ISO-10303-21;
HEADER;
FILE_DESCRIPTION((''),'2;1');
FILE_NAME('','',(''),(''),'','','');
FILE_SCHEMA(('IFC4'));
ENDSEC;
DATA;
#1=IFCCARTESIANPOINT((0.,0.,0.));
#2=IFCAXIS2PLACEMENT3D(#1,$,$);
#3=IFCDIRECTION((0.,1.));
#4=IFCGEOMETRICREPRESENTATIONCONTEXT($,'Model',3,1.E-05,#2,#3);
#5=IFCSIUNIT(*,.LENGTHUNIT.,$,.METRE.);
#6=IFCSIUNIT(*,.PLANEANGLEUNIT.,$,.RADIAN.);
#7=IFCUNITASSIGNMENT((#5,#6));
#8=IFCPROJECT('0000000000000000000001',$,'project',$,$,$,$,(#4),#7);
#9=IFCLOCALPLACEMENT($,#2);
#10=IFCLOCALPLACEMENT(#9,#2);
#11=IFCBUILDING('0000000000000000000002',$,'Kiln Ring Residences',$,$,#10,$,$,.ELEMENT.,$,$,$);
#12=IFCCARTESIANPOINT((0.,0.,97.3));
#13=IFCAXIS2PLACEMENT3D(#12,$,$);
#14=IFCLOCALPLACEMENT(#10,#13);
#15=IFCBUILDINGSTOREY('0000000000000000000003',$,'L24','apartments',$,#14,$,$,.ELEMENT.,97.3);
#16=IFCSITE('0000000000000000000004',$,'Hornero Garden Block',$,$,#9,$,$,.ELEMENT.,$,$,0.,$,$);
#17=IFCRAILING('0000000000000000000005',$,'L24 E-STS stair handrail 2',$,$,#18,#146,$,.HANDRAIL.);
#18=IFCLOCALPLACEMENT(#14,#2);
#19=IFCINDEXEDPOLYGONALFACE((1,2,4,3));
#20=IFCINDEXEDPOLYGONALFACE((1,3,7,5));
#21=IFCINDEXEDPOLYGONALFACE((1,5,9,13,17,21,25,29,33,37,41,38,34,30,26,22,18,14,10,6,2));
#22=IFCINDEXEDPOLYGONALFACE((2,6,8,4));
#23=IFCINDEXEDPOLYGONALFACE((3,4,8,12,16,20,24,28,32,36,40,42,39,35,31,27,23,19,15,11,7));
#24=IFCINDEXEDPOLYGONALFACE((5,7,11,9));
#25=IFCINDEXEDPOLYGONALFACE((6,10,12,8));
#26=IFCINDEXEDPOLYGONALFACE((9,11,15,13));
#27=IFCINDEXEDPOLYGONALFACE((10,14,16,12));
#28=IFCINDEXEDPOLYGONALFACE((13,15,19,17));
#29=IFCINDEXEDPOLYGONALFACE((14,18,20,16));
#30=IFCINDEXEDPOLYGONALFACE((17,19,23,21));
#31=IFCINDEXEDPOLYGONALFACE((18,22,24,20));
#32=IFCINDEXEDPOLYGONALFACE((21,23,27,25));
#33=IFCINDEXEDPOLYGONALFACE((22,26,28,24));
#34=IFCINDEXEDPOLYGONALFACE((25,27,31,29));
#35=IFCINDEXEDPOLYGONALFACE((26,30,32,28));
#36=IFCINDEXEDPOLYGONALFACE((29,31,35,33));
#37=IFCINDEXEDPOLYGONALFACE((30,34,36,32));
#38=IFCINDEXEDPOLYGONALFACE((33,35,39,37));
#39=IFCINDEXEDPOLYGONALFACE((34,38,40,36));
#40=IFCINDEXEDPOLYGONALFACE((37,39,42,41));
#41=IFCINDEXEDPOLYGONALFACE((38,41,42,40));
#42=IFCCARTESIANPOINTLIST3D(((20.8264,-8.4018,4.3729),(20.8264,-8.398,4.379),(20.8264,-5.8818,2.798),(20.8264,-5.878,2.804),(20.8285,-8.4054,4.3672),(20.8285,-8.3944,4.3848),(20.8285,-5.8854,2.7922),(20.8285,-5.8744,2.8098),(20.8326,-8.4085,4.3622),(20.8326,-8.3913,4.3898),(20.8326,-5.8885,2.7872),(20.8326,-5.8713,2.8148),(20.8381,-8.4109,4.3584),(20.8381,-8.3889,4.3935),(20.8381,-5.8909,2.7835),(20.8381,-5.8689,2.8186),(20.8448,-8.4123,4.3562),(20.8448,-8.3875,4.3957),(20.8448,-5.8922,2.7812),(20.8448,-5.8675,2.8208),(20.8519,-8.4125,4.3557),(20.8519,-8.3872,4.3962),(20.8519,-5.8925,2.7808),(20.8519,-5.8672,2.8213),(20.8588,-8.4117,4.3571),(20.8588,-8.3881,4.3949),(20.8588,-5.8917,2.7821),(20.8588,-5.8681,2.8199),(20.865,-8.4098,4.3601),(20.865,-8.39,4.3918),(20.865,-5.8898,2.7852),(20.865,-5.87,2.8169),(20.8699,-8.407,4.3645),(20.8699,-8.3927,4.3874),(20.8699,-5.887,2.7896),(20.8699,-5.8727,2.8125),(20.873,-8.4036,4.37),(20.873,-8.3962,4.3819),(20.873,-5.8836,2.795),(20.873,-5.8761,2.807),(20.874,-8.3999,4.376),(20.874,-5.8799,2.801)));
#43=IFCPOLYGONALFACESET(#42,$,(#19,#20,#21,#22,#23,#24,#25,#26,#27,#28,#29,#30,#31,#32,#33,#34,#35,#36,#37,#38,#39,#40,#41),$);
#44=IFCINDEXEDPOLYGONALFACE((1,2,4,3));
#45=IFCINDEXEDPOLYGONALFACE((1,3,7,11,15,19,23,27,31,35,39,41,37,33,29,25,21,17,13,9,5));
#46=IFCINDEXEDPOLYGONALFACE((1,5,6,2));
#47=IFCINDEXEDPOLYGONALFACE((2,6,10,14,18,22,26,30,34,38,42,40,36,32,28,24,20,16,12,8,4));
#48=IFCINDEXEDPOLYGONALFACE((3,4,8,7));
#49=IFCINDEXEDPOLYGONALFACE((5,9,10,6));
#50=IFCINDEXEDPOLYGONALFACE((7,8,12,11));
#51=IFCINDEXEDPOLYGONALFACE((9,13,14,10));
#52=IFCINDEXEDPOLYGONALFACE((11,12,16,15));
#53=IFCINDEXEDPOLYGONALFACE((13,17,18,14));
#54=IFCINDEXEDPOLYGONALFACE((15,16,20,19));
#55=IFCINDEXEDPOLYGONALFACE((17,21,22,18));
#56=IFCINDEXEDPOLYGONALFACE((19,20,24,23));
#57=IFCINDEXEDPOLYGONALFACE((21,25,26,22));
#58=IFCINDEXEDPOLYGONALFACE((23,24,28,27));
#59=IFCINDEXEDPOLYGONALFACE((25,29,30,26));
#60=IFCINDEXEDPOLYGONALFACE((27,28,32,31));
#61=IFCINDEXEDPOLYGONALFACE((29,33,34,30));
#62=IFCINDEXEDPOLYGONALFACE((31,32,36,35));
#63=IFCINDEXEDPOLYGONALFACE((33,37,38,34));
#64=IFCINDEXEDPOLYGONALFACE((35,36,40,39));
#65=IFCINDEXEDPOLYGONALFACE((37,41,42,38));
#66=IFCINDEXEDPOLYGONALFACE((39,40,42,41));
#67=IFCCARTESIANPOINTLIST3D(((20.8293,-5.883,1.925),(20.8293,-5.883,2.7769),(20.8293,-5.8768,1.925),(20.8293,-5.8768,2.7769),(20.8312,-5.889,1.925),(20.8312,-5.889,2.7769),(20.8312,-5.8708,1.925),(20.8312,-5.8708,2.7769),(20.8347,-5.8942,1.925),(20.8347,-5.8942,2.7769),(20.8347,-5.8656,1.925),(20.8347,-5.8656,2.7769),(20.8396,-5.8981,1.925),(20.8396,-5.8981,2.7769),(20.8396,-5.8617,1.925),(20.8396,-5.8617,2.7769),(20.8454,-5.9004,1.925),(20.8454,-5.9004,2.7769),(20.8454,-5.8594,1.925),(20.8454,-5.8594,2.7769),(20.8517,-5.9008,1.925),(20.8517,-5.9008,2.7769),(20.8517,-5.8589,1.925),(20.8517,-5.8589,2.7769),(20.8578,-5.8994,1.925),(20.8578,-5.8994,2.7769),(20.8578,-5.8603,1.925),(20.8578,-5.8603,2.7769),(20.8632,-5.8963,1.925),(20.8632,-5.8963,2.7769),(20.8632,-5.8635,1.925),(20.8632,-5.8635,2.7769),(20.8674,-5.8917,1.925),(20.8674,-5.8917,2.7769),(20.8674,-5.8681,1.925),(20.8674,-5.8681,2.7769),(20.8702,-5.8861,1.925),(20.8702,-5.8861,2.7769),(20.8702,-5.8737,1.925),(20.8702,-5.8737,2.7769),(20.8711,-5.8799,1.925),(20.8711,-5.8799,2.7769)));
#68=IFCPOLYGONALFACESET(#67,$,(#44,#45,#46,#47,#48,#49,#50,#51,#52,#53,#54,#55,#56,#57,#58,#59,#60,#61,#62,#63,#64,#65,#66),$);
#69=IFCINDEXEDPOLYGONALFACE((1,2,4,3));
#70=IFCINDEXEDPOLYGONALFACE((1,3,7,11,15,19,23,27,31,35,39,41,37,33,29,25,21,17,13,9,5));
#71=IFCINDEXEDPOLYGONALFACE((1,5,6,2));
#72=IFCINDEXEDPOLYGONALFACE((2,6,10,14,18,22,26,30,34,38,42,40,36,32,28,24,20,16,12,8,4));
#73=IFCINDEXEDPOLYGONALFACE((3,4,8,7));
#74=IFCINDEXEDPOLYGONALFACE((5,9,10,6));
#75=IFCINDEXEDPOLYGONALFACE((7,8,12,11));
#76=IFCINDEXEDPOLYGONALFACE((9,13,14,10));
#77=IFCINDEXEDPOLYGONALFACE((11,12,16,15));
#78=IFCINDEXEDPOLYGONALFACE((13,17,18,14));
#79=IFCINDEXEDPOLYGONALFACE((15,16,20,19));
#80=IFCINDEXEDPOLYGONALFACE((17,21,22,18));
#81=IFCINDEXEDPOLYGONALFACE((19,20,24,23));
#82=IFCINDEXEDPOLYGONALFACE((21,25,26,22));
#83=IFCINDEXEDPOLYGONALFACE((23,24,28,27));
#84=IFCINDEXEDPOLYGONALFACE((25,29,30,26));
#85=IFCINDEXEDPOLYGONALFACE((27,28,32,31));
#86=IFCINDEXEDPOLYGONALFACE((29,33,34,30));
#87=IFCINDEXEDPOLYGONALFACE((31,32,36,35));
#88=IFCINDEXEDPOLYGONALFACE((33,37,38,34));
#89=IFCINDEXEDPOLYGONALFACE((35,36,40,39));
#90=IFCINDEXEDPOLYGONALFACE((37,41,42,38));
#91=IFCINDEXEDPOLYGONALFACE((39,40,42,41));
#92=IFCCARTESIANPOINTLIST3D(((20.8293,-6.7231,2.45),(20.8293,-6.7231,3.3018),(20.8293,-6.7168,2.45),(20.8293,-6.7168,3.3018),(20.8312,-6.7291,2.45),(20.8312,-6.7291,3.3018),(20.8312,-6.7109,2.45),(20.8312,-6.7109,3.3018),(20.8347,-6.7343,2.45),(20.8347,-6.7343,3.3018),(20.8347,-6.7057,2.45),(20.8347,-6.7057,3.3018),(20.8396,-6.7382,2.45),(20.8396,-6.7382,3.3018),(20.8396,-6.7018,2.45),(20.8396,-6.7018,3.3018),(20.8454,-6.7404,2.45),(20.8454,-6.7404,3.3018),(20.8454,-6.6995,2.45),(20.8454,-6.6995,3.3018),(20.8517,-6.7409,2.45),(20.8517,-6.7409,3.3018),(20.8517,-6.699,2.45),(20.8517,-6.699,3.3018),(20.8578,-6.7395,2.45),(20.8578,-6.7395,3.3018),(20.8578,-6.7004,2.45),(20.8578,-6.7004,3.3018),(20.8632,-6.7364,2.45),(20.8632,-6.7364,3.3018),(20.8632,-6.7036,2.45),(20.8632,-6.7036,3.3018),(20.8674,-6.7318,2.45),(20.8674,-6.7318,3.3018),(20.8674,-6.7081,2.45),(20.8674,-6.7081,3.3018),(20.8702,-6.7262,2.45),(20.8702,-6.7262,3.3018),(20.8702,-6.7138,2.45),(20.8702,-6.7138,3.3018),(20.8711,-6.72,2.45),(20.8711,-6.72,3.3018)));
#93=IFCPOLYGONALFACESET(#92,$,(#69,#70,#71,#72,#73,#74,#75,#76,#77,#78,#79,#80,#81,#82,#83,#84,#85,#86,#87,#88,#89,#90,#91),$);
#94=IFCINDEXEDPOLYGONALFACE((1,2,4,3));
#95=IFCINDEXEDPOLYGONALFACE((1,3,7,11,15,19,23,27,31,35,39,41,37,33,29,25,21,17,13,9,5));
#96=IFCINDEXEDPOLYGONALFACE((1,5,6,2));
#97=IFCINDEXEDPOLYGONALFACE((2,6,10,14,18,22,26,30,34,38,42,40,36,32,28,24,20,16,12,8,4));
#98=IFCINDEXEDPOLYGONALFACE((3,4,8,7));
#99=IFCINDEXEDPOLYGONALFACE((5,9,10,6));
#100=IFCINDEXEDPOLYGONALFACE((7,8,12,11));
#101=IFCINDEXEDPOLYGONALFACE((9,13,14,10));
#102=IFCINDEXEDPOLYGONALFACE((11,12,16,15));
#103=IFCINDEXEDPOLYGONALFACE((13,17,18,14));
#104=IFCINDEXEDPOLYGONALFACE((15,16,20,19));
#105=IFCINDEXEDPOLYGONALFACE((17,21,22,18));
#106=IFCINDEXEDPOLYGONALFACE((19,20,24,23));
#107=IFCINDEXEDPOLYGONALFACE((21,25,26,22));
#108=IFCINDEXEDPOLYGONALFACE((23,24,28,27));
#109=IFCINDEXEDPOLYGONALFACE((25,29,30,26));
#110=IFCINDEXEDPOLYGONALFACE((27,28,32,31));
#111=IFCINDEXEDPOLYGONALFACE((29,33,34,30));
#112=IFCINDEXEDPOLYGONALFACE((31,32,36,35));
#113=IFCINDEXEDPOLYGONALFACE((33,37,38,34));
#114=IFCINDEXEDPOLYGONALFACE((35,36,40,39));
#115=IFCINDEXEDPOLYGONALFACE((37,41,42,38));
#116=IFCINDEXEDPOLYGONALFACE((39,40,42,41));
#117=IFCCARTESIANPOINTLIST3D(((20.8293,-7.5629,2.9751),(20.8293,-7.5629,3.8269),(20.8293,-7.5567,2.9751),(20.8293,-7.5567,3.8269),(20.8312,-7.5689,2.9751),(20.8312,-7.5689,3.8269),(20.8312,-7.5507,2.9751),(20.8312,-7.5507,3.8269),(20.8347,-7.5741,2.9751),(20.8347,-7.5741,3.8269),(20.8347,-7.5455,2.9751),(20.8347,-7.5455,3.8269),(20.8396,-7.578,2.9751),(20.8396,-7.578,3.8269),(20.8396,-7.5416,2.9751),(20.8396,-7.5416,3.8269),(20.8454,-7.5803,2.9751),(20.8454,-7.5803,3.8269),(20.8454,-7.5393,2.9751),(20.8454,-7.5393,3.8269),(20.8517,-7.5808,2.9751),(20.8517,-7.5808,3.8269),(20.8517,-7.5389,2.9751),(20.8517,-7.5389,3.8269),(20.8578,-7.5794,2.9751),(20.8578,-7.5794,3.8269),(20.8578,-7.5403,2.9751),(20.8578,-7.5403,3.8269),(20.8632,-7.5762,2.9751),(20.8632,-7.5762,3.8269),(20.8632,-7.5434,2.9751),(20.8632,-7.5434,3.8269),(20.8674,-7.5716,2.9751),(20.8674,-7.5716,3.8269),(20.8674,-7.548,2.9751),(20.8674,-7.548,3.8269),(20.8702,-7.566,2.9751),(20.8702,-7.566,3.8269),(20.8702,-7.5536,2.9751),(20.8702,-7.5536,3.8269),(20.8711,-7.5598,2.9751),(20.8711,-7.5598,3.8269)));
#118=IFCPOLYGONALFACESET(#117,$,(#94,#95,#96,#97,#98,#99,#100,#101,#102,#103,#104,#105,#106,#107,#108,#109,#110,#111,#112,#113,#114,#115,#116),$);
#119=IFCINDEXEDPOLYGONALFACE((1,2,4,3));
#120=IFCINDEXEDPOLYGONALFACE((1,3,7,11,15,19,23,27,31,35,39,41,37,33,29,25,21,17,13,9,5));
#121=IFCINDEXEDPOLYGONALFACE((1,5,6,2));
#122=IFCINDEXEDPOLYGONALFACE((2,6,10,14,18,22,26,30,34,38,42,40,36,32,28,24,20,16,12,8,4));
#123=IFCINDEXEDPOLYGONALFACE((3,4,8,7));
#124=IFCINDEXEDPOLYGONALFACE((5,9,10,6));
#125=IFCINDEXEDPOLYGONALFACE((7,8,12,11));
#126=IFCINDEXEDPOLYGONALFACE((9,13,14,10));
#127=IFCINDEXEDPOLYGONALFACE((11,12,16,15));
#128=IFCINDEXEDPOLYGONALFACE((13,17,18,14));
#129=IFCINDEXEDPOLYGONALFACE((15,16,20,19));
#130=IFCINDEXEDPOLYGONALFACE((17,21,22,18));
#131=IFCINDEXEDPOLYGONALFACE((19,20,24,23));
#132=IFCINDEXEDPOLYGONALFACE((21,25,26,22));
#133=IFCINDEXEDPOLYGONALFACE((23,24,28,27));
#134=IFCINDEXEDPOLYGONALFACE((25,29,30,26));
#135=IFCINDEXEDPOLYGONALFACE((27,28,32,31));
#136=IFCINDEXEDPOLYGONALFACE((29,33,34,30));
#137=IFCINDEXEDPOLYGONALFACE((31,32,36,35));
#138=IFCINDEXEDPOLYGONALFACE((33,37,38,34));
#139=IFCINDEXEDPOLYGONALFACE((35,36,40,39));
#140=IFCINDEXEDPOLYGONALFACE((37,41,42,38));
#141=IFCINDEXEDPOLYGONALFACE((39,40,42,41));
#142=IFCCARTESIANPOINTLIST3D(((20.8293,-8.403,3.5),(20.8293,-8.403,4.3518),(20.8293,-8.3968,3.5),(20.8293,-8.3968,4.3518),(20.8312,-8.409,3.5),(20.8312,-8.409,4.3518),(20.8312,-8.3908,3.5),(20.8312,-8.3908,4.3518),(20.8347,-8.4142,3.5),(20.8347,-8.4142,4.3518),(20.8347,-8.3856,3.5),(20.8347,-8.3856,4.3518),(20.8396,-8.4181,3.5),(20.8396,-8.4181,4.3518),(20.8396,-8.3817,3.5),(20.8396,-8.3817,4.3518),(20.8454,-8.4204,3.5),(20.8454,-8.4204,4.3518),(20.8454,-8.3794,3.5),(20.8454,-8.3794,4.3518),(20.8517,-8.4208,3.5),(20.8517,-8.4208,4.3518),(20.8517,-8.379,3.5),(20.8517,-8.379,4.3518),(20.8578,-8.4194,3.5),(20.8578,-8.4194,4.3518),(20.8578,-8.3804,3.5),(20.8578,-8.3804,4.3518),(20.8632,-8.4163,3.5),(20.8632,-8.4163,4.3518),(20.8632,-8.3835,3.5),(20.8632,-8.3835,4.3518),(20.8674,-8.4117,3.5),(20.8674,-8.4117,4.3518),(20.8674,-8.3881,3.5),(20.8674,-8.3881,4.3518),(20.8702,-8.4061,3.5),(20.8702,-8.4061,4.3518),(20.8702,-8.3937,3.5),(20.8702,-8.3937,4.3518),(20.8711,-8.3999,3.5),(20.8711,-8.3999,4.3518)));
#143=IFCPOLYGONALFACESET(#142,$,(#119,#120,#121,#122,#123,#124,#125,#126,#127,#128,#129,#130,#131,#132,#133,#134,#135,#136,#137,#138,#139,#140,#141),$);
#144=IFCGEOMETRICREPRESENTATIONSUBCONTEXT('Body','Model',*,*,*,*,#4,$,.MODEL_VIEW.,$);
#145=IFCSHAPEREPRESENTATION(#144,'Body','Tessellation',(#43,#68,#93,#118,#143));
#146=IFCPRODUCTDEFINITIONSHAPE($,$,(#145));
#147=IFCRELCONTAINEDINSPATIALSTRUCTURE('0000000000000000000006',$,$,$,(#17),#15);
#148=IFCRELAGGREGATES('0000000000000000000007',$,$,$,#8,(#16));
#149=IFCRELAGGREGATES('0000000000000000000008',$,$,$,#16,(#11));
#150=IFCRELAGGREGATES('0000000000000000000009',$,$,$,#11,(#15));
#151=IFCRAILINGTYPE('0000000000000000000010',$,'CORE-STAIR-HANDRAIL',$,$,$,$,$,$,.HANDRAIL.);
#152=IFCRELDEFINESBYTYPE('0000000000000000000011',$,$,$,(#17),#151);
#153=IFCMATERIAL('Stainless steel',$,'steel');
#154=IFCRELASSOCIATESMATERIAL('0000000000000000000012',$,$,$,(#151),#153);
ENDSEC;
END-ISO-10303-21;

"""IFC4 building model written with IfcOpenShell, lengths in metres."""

from ifc_helpers import new_model, si_unit, direction, frame, origin, origin_2d, place, context, subcontext, project, spatial, circle, extrude, material, type_object, element, save


model = new_model("IFC4")

# Units and contexts
model_context = context("Model", 3, precision=1e-05, world=origin(), true_north=direction((0.0, 1.0)))
body_context = subcontext(model_context, "Body", "Model", "MODEL_VIEW")
ifc_project = project(units=[si_unit("LENGTHUNIT", "METRE"), si_unit("PLANEANGLEUNIT", "RADIAN")], contexts=[model_context])

# Site, building, storey
site_placement = place(None, origin())
site = spatial("IfcSite", under=ifc_project, at=site_placement, Name="Hornero Garden Block", CompositionType="ELEMENT", RefElevation=0.0)
building_placement = place(site_placement, origin())
building = spatial("IfcBuilding", under=site, at=building_placement, Name="Kiln Ring Residences", CompositionType="ELEMENT")
storey_placement = place(building_placement, frame((0.0, 0.0, 97.3)))
storey = spatial("IfcBuildingStorey", under=building, at=storey_placement, Name="L24", Description="apartments", CompositionType="ELEMENT", Elevation=97.3)

# Railing
ifc_material_1 = material(Name="Stainless steel", Category="steel")
railing_type_1 = type_object("IfcRailingType", Name="CORE-STAIR-HANDRAIL", PredefinedType="HANDRAIL", material=ifc_material_1)
railing_1_placement = place(storey_placement, frame((20.8501, -5.8799, 1.925)))
element("IfcRailing", 1, at=railing_1_placement, inside=storey, type_object=railing_type_1, Name="L24 E-STS stair handrail 2", PredefinedType="HANDRAIL", context=body_context, shape_type="SweptSolid", body=[
    extrude(circle(Radius=0.0239, at=origin_2d()), frame((0.0, 0.0, 0.876), z_axis=(0.0, -0.848008, 0.529984), x_axis=(1.0, 0.0, 0.0)), (0.0, 0.0, 1.0), 2.9717),
    extrude(circle(Radius=0.021, at=origin_2d()), origin(), (0.0, 0.0, 1.0), 0.8518),
    extrude(circle(Radius=0.021, at=origin_2d()), frame((0.0, -0.8401, 0.5249)), (0.0, 0.0, 1.0), 0.8518),
    extrude(circle(Radius=0.021, at=origin_2d()), frame((0.0, -1.6799, 1.05)), (0.0, 0.0, 1.0), 0.8518),
    extrude(circle(Radius=0.021, at=origin_2d()), frame((0.0, -2.52, 1.575)), (0.0, 0.0, 1.0), 0.8518),
])

save(model, "model.ifc")
